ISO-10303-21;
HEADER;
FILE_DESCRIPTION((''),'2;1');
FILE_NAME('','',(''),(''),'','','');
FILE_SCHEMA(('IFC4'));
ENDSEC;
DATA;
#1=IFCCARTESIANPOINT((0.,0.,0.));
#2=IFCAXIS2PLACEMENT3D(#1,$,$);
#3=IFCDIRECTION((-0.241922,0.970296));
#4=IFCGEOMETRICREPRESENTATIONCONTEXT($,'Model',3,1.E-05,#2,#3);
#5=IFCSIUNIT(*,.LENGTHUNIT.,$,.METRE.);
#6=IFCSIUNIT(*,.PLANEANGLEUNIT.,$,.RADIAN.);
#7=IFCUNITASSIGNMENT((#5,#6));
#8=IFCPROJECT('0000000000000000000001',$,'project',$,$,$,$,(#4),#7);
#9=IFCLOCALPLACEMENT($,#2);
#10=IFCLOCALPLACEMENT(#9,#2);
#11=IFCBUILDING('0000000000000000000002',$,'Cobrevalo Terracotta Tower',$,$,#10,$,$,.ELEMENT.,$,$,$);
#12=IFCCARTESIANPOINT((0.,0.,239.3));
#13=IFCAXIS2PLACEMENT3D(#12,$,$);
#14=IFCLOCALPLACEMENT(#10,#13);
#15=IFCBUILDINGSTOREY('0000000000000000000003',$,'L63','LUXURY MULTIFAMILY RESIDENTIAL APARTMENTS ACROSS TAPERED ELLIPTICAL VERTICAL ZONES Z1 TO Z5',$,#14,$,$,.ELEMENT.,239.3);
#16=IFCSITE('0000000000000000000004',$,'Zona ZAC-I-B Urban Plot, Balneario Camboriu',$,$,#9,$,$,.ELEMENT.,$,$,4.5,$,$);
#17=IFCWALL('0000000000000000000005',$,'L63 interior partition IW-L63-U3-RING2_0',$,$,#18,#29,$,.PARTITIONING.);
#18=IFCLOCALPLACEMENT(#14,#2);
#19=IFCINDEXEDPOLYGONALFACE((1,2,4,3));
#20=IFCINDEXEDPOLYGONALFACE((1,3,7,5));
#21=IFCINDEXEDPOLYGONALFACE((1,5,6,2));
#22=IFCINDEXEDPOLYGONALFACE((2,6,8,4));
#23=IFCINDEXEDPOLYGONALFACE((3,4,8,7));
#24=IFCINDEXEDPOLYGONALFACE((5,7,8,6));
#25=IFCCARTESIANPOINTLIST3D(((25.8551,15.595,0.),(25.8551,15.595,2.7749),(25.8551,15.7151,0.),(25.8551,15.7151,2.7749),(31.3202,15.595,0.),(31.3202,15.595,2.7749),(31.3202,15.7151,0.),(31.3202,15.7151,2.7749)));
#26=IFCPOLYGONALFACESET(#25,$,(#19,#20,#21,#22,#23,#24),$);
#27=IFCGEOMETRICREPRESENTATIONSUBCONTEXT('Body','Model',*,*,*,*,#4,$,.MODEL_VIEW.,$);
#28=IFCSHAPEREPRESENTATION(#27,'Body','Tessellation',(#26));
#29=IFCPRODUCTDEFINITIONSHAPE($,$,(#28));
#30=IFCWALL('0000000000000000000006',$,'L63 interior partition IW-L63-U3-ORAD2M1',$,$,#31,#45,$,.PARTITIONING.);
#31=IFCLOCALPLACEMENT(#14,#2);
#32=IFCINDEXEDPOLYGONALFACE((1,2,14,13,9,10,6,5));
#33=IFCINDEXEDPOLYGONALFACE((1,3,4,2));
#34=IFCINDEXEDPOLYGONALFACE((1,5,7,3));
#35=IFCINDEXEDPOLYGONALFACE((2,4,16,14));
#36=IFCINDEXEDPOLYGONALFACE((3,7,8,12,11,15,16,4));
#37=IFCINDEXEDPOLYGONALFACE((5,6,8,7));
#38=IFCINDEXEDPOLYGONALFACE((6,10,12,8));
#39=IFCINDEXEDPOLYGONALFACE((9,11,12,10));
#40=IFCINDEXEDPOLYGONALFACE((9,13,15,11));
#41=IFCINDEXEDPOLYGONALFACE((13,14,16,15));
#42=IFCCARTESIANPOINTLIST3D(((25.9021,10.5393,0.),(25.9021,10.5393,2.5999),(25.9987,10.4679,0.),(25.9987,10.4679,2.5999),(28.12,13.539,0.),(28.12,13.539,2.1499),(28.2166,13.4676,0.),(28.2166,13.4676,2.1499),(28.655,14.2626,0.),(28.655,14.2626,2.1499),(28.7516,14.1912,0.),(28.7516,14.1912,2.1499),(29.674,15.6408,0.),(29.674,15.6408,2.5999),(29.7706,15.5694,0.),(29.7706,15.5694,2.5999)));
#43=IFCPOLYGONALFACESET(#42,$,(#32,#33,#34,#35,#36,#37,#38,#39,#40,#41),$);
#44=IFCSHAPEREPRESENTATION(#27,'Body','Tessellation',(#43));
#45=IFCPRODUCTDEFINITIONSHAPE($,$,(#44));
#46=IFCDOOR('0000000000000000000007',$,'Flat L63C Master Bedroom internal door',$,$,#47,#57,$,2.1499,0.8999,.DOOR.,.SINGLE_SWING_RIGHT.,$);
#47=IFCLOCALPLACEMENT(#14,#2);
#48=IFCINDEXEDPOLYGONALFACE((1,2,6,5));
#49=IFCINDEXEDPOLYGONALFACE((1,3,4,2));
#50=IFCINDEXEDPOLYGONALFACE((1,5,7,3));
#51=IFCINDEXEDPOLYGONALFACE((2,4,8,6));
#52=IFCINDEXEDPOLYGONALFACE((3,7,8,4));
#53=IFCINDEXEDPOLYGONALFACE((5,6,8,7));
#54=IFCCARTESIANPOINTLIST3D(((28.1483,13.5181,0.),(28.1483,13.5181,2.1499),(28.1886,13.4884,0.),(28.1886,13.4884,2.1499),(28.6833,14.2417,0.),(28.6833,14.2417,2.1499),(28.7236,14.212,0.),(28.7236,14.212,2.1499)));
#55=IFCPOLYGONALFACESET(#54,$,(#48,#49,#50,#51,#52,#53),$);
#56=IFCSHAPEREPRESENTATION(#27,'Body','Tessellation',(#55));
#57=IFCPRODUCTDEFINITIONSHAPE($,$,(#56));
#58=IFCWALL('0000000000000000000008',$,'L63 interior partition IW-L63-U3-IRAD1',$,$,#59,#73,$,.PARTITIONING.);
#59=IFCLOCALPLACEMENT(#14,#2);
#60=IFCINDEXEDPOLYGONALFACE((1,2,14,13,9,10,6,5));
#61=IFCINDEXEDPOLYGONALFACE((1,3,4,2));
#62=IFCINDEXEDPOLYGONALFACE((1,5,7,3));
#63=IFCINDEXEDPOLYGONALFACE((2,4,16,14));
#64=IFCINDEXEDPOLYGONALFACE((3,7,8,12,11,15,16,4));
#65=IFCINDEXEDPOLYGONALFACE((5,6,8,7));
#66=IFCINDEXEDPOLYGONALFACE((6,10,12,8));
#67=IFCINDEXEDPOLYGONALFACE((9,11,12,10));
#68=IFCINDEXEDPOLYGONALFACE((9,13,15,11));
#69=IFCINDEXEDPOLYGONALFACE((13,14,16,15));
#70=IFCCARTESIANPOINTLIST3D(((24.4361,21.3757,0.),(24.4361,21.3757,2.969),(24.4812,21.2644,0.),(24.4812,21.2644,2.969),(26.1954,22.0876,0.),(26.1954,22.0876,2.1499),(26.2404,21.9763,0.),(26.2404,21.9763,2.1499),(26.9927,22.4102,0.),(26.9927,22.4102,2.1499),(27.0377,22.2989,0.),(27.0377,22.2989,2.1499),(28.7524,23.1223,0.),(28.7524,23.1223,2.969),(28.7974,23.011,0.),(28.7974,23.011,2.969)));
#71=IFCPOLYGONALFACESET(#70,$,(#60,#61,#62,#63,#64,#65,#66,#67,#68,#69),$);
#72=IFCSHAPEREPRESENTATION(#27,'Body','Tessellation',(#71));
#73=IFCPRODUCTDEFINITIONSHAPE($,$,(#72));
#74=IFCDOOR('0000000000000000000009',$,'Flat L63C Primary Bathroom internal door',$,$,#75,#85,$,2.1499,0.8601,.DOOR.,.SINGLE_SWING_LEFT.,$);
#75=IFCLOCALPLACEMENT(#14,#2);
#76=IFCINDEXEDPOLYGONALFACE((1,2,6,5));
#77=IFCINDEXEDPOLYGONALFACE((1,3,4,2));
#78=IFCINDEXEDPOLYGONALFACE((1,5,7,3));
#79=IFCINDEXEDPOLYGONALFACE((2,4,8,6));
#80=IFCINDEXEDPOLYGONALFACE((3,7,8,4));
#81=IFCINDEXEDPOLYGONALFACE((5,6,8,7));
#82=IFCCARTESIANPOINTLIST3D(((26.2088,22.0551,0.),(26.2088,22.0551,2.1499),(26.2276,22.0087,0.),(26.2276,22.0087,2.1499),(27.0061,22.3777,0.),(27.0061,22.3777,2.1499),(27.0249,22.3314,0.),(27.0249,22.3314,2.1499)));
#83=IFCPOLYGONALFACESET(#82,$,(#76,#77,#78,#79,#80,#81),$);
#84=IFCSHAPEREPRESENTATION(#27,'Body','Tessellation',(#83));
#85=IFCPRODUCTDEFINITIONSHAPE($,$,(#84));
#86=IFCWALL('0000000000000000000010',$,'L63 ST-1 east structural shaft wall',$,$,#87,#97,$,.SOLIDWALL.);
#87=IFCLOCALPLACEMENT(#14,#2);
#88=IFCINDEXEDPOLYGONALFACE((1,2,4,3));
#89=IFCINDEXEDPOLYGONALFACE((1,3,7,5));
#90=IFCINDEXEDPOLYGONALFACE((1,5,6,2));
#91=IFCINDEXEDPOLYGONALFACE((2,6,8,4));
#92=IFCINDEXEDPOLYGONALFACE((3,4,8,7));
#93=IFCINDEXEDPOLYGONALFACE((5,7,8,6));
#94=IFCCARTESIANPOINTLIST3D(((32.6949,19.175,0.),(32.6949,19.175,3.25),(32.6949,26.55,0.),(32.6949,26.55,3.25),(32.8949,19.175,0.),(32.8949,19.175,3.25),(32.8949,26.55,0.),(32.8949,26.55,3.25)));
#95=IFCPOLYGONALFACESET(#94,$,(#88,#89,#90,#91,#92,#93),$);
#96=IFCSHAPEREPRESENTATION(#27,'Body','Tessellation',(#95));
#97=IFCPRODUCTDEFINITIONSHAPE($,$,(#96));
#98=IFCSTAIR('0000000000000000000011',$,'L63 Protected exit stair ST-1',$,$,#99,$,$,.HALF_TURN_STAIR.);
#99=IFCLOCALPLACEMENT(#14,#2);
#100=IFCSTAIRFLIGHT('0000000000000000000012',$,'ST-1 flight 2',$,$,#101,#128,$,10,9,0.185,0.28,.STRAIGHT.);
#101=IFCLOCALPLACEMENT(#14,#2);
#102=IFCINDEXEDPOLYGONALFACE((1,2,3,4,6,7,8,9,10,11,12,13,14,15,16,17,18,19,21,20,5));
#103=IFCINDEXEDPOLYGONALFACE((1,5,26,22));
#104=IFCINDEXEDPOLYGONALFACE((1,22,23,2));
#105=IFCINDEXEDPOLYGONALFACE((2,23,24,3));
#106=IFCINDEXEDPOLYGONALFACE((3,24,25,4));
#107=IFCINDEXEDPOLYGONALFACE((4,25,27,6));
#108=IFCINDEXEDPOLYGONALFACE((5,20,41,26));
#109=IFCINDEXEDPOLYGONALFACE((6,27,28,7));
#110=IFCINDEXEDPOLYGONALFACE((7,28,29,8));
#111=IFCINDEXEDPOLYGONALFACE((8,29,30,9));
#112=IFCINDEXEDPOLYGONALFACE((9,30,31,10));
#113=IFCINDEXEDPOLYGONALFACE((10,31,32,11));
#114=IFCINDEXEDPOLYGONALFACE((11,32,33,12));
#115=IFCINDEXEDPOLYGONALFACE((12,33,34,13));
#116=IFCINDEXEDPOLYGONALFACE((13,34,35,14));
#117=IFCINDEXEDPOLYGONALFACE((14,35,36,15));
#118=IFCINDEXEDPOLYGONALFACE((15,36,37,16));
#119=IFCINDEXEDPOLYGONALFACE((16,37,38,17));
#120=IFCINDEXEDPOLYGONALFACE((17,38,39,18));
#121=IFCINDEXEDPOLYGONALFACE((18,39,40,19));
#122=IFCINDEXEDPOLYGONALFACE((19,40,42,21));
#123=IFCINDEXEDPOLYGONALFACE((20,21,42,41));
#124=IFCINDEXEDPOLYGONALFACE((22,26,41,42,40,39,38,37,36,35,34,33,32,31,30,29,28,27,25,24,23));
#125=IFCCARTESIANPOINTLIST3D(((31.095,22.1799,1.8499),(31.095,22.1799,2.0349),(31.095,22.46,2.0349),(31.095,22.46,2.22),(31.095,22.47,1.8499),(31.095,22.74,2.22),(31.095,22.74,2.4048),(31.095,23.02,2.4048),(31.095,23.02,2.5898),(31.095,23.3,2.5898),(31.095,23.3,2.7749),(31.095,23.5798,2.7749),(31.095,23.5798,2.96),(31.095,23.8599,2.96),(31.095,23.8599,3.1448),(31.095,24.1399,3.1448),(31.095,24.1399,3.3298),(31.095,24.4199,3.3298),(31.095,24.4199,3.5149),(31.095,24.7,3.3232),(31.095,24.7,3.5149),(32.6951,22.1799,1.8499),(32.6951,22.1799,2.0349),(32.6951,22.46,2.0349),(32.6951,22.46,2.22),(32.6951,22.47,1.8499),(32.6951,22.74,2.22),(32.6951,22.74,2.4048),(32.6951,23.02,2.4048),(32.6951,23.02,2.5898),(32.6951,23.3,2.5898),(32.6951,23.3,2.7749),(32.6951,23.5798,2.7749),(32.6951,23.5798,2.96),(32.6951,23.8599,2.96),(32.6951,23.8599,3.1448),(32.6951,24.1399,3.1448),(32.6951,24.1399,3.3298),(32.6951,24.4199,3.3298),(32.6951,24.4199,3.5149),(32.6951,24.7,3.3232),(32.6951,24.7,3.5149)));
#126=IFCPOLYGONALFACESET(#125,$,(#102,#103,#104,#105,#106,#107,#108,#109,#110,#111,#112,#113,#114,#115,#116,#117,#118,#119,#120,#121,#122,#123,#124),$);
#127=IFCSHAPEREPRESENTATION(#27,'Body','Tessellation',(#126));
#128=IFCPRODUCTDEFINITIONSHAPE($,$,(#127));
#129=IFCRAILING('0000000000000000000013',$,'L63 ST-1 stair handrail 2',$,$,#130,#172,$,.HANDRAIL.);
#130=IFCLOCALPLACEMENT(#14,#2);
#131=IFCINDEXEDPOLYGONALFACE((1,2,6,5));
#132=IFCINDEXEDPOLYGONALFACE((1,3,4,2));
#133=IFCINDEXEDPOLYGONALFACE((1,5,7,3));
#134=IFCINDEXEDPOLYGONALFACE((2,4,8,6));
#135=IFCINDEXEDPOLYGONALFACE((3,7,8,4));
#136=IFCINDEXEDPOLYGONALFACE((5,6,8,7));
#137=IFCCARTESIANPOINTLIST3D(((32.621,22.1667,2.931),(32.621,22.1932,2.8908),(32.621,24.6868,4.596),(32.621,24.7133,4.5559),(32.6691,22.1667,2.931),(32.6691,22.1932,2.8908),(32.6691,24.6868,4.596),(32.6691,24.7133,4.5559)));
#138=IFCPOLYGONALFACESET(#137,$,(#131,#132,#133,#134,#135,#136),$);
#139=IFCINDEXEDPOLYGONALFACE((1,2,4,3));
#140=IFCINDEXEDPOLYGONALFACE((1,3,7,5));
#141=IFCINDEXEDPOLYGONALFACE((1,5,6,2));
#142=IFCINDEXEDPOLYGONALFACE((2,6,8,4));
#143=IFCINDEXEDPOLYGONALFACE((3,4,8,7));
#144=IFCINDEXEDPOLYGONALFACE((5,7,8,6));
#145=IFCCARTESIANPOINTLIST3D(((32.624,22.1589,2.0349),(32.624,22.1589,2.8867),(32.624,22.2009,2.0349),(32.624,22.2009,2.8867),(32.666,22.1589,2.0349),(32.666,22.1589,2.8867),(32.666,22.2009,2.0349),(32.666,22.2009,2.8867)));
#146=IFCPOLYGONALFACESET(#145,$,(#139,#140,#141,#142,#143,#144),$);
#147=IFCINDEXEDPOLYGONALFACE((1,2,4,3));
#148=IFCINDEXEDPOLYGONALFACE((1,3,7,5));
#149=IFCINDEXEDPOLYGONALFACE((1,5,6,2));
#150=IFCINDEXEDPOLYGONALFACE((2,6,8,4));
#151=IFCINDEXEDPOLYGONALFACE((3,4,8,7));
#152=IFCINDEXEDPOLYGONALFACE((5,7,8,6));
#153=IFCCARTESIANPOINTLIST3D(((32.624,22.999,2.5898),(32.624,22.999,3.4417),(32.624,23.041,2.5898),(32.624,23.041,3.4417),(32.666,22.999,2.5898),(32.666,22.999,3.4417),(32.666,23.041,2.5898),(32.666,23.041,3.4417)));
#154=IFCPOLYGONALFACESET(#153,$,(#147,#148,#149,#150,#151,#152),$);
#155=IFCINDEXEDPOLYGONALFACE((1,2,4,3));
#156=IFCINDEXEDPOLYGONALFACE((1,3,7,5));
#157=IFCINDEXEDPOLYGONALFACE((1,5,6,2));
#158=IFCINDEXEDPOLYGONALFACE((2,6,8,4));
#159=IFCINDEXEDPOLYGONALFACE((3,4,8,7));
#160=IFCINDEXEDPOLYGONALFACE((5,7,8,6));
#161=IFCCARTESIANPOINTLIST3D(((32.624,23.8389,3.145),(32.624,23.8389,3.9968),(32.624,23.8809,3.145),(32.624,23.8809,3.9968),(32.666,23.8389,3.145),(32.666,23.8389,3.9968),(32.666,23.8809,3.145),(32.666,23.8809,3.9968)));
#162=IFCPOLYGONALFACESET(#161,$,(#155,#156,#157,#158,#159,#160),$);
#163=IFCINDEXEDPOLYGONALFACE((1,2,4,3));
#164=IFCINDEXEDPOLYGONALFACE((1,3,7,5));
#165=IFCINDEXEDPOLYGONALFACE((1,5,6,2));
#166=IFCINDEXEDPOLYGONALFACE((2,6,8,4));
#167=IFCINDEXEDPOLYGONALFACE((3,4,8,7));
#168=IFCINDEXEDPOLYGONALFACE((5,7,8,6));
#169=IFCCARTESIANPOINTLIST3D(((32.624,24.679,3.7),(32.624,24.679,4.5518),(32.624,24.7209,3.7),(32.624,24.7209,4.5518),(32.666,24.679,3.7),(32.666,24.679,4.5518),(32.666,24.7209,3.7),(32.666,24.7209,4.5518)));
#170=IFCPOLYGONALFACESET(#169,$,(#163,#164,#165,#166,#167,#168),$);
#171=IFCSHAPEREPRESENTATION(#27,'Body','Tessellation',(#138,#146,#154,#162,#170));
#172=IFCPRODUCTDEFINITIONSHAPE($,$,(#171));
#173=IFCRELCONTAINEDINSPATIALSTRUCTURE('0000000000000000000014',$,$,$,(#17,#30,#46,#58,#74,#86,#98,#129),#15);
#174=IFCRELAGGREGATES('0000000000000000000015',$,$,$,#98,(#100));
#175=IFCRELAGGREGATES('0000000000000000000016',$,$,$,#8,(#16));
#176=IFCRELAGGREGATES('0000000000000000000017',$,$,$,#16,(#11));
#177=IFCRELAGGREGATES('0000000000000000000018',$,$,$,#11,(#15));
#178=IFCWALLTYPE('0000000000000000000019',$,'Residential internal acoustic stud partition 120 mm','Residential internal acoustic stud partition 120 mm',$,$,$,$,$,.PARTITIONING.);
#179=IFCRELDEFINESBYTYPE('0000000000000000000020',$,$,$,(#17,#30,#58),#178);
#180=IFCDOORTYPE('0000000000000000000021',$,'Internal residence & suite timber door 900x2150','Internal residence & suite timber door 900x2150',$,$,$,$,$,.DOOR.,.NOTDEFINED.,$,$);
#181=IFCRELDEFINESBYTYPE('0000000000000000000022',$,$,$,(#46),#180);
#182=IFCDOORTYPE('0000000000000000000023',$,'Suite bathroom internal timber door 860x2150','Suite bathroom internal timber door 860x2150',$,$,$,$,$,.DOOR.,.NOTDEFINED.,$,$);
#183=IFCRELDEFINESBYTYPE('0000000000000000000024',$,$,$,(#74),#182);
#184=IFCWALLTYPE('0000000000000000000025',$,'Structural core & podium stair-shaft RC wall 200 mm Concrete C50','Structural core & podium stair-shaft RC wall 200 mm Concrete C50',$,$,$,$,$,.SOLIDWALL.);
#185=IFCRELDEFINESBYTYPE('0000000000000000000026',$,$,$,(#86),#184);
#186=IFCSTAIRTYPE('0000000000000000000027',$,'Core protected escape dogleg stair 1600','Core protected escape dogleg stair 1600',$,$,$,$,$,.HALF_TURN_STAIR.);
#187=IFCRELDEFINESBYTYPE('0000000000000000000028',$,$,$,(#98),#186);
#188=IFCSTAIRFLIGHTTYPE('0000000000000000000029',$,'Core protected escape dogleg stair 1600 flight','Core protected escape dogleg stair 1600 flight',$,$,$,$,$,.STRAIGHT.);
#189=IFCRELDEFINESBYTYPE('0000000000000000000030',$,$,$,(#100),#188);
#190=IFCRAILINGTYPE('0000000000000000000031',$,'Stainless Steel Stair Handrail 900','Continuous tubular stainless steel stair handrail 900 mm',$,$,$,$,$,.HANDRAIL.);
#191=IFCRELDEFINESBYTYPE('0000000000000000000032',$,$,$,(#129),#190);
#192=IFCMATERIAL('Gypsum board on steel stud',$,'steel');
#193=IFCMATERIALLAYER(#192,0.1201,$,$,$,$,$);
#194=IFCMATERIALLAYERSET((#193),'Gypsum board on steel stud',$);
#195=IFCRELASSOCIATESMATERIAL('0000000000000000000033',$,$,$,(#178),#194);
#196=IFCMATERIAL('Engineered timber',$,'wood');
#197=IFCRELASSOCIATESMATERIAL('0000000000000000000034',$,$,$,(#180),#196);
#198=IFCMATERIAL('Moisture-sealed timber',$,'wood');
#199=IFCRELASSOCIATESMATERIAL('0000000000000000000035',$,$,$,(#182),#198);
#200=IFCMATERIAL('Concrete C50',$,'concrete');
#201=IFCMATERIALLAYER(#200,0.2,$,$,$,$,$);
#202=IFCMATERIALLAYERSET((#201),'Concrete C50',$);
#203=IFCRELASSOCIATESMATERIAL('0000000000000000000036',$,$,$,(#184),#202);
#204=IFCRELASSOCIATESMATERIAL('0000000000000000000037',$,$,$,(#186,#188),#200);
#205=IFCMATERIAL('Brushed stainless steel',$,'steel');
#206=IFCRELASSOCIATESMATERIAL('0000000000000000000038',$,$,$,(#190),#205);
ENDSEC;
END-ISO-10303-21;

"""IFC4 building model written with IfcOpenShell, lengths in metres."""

from ifc_helpers import new_model, si_unit, direction, frame, frame_2d, origin, origin_2d, place, context, subcontext, project, spatial, polyline, rectangle, outline, extrude, source, transform, mapped, material, layer, layer_set, type_object, element, fill, aggregate, save


model = new_model("IFC4")

# Units and contexts
model_context = context("Model", 3, precision=1e-05, world=origin(), true_north=direction((-0.241922, 0.970296)))
body_context = subcontext(model_context, "Body", "Model", "MODEL_VIEW")
ifc_project = project(units=[si_unit("LENGTHUNIT", "METRE"), si_unit("PLANEANGLEUNIT", "RADIAN")], contexts=[model_context])

# Site, building, storey
site_placement = place(None, origin())
site = spatial("IfcSite", under=ifc_project, at=site_placement, Name="Zona ZAC-I-B Urban Plot, Balneario Camboriu", CompositionType="ELEMENT", RefElevation=4.5)
building_placement = place(site_placement, origin())
building = spatial("IfcBuilding", under=site, at=building_placement, Name="Cobrevalo Terracotta Tower", CompositionType="ELEMENT")
storey_placement = place(building_placement, frame((0.0, 0.0, 239.3)))
storey = spatial("IfcBuildingStorey", under=building, at=storey_placement, Name="L63", Description="LUXURY MULTIFAMILY RESIDENTIAL APARTMENTS ACROSS TAPERED ELLIPTICAL VERTICAL ZONES Z1 TO Z5", CompositionType="ELEMENT", Elevation=239.3)

# Shared definitions
ifc_material_1 = material(Name="Concrete C50", Category="concrete")

# Wall
ifc_material_2 = material(Name="Gypsum board on steel stud", Category="steel")
ifc_layer_1 = layer(ifc_material_2, 0.1201)
ifc_layer_set_1 = layer_set([ifc_layer_1], Name="Gypsum board on steel stud")
wall_type_1 = type_object("IfcWallType", Name="Residential internal acoustic stud partition 120 mm", Description="Residential internal acoustic stud partition 120 mm", PredefinedType="PARTITIONING", material=ifc_layer_set_1)
wall_1_placement = place(storey_placement, frame((31.3201, 15.655, 0.0), z_axis=(0.0, 0.0, 1.0), x_axis=(-1.0, 0.0, 0.0)))
element("IfcWall", 1, at=wall_1_placement, inside=storey, type_object=wall_type_1, Name="L63 interior partition IW-L63-U3-RING2_0", PredefinedType="PARTITIONING", context=body_context, shape_type="SweptSolid", body=[
    extrude(rectangle(XDim=5.4651, YDim=0.1201, at=frame_2d((2.7324, 0.0))), origin(), (0.0, 0.0, 1.0), 2.7749),
])

# Walls, openings, doors
wall_2_placement = place(storey_placement, frame((29.7224, 15.6052, 0.0), z_axis=(0.0, 0.0, 1.0), x_axis=(-0.594519, -0.804082, 0.0)))
wall_2 = element("IfcWall", 2, at=wall_2_placement, inside=storey, type_object=wall_type_1, Name="L63 interior partition IW-L63-U3-ORAD2M1", PredefinedType="PARTITIONING", context=body_context, shape_type="SweptSolid", body=[
    extrude(rectangle(XDim=6.3445, YDim=0.1201, at=frame_2d((3.1724, 0.0))), origin(), (0.0, 0.0, 1.0), 2.5999),
])
opening_1_placement = place(wall_2_placement, frame((1.7141, 0.0, 0.0)))
opening_1 = element("IfcOpeningElement", 3, at=opening_1_placement, cuts=wall_2, PredefinedType="OPENING", context=body_context, shape_type="SweptSolid", body=[
    extrude(rectangle(XDim=0.8999, YDim=2.1499, at=frame_2d((0.45, 1.075))), frame((0.0, 0.0701, 0.0), z_axis=(0.0, -1.0, 0.0), x_axis=(1.0, 0.0, 0.0)), (0.0, 0.0, 1.0), 0.1401),
])
ifc_material_3 = material(Name="Engineered timber", Category="wood")
door_type_1 = type_object("IfcDoorType", Name="Internal residence & suite timber door 900x2150", Description="Internal residence & suite timber door 900x2150", OperationType="NOTDEFINED", PredefinedType="DOOR", material=ifc_material_3)
shared_shape_1 = source(origin(), body_context, "Body", "SweptSolid", [
    extrude(rectangle(XDim=0.8999, YDim=2.1499, at=frame_2d((0.45, 1.075))), frame((0.0, 0.0249, 0.0), z_axis=(0.0, -1.0, 0.0), x_axis=(1.0, 0.0, 0.0)), (0.0, 0.0, 1.0), 0.05),
])
door_1_placement = place(opening_1_placement, frame((0.8999, 0.0, 0.0), z_axis=(0.0, 0.0, 1.0), x_axis=(-1.0, 0.0, 0.0)))
door_1 = element("IfcDoor", 4, at=door_1_placement, inside=storey, type_object=door_type_1, Name="Flat L63C Master Bedroom internal door", OperationType="SINGLE_SWING_RIGHT", OverallHeight=2.1499, OverallWidth=0.8999, PredefinedType="DOOR", context=body_context, shape_type="MappedRepresentation", body=[
    mapped(shared_shape_1, transform((0.0, 0.0, 0.0), scale=1.0)),
])
fill(opening_1, door_1)
wall_3_placement = place(storey_placement, frame((28.7749, 23.0667, 0.0), z_axis=(0.0, 0.0, 1.0), x_axis=(-0.926979, -0.375112, 0.0)))
wall_3 = element("IfcWall", 5, at=wall_3_placement, inside=storey, type_object=wall_type_1, Name="L63 interior partition IW-L63-U3-IRAD1", PredefinedType="PARTITIONING", context=body_context, shape_type="SweptSolid", body=[
    extrude(rectangle(XDim=4.6562, YDim=0.1201, at=frame_2d((2.3281, 0.0))), origin(), (0.0, 0.0, 1.0), 2.969),
])
opening_2_placement = place(wall_3_placement, frame((1.8982, 0.0, 0.0)))
opening_2 = element("IfcOpeningElement", 6, at=opening_2_placement, cuts=wall_3, PredefinedType="OPENING", context=body_context, shape_type="SweptSolid", body=[
    extrude(rectangle(XDim=0.8601, YDim=2.1499, at=frame_2d((0.4302, 1.075))), frame((0.0, 0.0701, 0.0), z_axis=(0.0, -1.0, 0.0), x_axis=(1.0, 0.0, 0.0)), (0.0, 0.0, 1.0), 0.1401),
])
ifc_material_4 = material(Name="Moisture-sealed timber", Category="wood")
door_type_2 = type_object("IfcDoorType", Name="Suite bathroom internal timber door 860x2150", Description="Suite bathroom internal timber door 860x2150", OperationType="NOTDEFINED", PredefinedType="DOOR", material=ifc_material_4)
shared_shape_2 = source(origin(), body_context, "Body", "SweptSolid", [
    extrude(rectangle(XDim=0.8601, YDim=2.1499, at=frame_2d((0.4302, 1.075))), frame((0.0, 0.0249, 0.0), z_axis=(0.0, -1.0, 0.0), x_axis=(1.0, 0.0, 0.0)), (0.0, 0.0, 1.0), 0.05),
])
door_2_placement = place(opening_2_placement, frame((0.8601, 0.0, 0.0), z_axis=(0.0, 0.0, 1.0), x_axis=(-1.0, 0.0, 0.0)))
door_2 = element("IfcDoor", 7, at=door_2_placement, inside=storey, type_object=door_type_2, Name="Flat L63C Primary Bathroom internal door", OperationType="SINGLE_SWING_LEFT", OverallHeight=2.1499, OverallWidth=0.8601, PredefinedType="DOOR", context=body_context, shape_type="MappedRepresentation", body=[
    mapped(shared_shape_2, transform((0.0, 0.0, 0.0), scale=1.0)),
])
fill(opening_2, door_2)

# Wall
ifc_layer_2 = layer(ifc_material_1, 0.2)
ifc_layer_set_2 = layer_set([ifc_layer_2], Name="Concrete C50")
wall_type_2 = type_object("IfcWallType", Name="Structural core & podium stair-shaft RC wall 200 mm Concrete C50", Description="Structural core & podium stair-shaft RC wall 200 mm Concrete C50", PredefinedType="SOLIDWALL", material=ifc_layer_set_2)
wall_4_placement = place(storey_placement, frame((32.7949, 19.175, 0.0), z_axis=(0.0, 0.0, 1.0), x_axis=(0.0, 1.0, 0.0)))
element("IfcWall", 8, at=wall_4_placement, inside=storey, type_object=wall_type_2, Name="L63 ST-1 east structural shaft wall", PredefinedType="SOLIDWALL", context=body_context, shape_type="SweptSolid", body=[
    extrude(rectangle(XDim=7.375, YDim=0.2, at=frame_2d((3.6875, 0.0))), origin(), (0.0, 0.0, 1.0), 3.25),
])

# Stair, stair flight
stair_type = type_object("IfcStairType", Name="Core protected escape dogleg stair 1600", Description="Core protected escape dogleg stair 1600", PredefinedType="HALF_TURN_STAIR", material=ifc_material_1)
stair_placement = place(storey_placement, origin())
stair = element("IfcStair", 9, at=stair_placement, inside=storey, type_object=stair_type, Name="L63 Protected exit stair ST-1", PredefinedType="HALF_TURN_STAIR")
stair_flight_type = type_object("IfcStairFlightType", Name="Core protected escape dogleg stair 1600 flight", Description="Core protected escape dogleg stair 1600 flight", PredefinedType="STRAIGHT", material=ifc_material_1)
stair_flight_placement = place(storey_placement, frame((31.895, 22.1799, 1.8499), z_axis=(0.0, 0.0, 1.0), x_axis=(0.0, 1.0, 0.0)))
stair_flight = element("IfcStairFlight", 10, at=stair_flight_placement, type_object=stair_flight_type, Name="ST-1 flight 2", NumberOfRisers=10, NumberOfTreads=9, PredefinedType="STRAIGHT", RiserHeight=0.185, TreadLength=0.28, context=body_context, shape_type="SweptSolid", body=[
    extrude(outline(polyline([(0.0, 0.0), (0.0, 0.1851), (0.28, 0.1851), (0.28, 0.3701), (0.5601, 0.3701), (0.5601, 0.5549), (0.8401, 0.5549), (0.8401, 0.74), (1.1201, 0.74), (1.1201, 0.925), (1.3999, 0.925), (1.3999, 1.1101), (1.6799, 1.1101), (1.6799, 1.2949), (1.96, 1.2949), (1.96, 1.48), (2.24, 1.48), (2.24, 1.665), (2.52, 1.665), (2.52, 1.8501), (2.52, 1.4734), (0.29, 0.0), (0.0, 0.0)])), frame((0.0, 0.8, 0.0), z_axis=(0.0, -1.0, 0.0), x_axis=(1.0, 0.0, 0.0)), (0.0, 0.0, 1.0), 1.6001),
])
aggregate(stair, [stair_flight])

# Railing
ifc_material_5 = material(Name="Brushed stainless steel", Category="steel")
railing_type_1 = type_object("IfcRailingType", Name="Stainless Steel Stair Handrail 900", Description="Continuous tubular stainless steel stair handrail 900 mm", PredefinedType="HANDRAIL", material=ifc_material_5)
railing_1_placement = place(storey_placement, frame((32.645, 22.1799, 2.0349)))
element("IfcRailing", 11, at=railing_1_placement, inside=storey, type_object=railing_type_1, Name="L63 ST-1 stair handrail 2", PredefinedType="HANDRAIL", context=body_context, shape_type="SweptSolid", body=[
    extrude(rectangle(XDim=0.0481, YDim=0.0481, at=origin_2d()), frame((0.0, 0.0, 0.876), z_axis=(0.0, 0.834331, 0.551263), x_axis=(-1.0, 0.0, 0.0)), (0.0, 0.0, 1.0), 3.0205),
    extrude(rectangle(XDim=0.042, YDim=0.042, at=origin_2d()), origin(), (0.0, 0.0, 1.0), 0.8518),
    extrude(rectangle(XDim=0.042, YDim=0.042, at=origin_2d()), frame((0.0, 0.8401, 0.5549)), (0.0, 0.0, 1.0), 0.8518),
    extrude(rectangle(XDim=0.042, YDim=0.042, at=origin_2d()), frame((0.0, 1.6799, 1.1101)), (0.0, 0.0, 1.0), 0.8518),
    extrude(rectangle(XDim=0.042, YDim=0.042, at=origin_2d()), frame((0.0, 2.52, 1.665)), (0.0, 0.0, 1.0), 0.8518),
])

save(model, "model.ifc")
